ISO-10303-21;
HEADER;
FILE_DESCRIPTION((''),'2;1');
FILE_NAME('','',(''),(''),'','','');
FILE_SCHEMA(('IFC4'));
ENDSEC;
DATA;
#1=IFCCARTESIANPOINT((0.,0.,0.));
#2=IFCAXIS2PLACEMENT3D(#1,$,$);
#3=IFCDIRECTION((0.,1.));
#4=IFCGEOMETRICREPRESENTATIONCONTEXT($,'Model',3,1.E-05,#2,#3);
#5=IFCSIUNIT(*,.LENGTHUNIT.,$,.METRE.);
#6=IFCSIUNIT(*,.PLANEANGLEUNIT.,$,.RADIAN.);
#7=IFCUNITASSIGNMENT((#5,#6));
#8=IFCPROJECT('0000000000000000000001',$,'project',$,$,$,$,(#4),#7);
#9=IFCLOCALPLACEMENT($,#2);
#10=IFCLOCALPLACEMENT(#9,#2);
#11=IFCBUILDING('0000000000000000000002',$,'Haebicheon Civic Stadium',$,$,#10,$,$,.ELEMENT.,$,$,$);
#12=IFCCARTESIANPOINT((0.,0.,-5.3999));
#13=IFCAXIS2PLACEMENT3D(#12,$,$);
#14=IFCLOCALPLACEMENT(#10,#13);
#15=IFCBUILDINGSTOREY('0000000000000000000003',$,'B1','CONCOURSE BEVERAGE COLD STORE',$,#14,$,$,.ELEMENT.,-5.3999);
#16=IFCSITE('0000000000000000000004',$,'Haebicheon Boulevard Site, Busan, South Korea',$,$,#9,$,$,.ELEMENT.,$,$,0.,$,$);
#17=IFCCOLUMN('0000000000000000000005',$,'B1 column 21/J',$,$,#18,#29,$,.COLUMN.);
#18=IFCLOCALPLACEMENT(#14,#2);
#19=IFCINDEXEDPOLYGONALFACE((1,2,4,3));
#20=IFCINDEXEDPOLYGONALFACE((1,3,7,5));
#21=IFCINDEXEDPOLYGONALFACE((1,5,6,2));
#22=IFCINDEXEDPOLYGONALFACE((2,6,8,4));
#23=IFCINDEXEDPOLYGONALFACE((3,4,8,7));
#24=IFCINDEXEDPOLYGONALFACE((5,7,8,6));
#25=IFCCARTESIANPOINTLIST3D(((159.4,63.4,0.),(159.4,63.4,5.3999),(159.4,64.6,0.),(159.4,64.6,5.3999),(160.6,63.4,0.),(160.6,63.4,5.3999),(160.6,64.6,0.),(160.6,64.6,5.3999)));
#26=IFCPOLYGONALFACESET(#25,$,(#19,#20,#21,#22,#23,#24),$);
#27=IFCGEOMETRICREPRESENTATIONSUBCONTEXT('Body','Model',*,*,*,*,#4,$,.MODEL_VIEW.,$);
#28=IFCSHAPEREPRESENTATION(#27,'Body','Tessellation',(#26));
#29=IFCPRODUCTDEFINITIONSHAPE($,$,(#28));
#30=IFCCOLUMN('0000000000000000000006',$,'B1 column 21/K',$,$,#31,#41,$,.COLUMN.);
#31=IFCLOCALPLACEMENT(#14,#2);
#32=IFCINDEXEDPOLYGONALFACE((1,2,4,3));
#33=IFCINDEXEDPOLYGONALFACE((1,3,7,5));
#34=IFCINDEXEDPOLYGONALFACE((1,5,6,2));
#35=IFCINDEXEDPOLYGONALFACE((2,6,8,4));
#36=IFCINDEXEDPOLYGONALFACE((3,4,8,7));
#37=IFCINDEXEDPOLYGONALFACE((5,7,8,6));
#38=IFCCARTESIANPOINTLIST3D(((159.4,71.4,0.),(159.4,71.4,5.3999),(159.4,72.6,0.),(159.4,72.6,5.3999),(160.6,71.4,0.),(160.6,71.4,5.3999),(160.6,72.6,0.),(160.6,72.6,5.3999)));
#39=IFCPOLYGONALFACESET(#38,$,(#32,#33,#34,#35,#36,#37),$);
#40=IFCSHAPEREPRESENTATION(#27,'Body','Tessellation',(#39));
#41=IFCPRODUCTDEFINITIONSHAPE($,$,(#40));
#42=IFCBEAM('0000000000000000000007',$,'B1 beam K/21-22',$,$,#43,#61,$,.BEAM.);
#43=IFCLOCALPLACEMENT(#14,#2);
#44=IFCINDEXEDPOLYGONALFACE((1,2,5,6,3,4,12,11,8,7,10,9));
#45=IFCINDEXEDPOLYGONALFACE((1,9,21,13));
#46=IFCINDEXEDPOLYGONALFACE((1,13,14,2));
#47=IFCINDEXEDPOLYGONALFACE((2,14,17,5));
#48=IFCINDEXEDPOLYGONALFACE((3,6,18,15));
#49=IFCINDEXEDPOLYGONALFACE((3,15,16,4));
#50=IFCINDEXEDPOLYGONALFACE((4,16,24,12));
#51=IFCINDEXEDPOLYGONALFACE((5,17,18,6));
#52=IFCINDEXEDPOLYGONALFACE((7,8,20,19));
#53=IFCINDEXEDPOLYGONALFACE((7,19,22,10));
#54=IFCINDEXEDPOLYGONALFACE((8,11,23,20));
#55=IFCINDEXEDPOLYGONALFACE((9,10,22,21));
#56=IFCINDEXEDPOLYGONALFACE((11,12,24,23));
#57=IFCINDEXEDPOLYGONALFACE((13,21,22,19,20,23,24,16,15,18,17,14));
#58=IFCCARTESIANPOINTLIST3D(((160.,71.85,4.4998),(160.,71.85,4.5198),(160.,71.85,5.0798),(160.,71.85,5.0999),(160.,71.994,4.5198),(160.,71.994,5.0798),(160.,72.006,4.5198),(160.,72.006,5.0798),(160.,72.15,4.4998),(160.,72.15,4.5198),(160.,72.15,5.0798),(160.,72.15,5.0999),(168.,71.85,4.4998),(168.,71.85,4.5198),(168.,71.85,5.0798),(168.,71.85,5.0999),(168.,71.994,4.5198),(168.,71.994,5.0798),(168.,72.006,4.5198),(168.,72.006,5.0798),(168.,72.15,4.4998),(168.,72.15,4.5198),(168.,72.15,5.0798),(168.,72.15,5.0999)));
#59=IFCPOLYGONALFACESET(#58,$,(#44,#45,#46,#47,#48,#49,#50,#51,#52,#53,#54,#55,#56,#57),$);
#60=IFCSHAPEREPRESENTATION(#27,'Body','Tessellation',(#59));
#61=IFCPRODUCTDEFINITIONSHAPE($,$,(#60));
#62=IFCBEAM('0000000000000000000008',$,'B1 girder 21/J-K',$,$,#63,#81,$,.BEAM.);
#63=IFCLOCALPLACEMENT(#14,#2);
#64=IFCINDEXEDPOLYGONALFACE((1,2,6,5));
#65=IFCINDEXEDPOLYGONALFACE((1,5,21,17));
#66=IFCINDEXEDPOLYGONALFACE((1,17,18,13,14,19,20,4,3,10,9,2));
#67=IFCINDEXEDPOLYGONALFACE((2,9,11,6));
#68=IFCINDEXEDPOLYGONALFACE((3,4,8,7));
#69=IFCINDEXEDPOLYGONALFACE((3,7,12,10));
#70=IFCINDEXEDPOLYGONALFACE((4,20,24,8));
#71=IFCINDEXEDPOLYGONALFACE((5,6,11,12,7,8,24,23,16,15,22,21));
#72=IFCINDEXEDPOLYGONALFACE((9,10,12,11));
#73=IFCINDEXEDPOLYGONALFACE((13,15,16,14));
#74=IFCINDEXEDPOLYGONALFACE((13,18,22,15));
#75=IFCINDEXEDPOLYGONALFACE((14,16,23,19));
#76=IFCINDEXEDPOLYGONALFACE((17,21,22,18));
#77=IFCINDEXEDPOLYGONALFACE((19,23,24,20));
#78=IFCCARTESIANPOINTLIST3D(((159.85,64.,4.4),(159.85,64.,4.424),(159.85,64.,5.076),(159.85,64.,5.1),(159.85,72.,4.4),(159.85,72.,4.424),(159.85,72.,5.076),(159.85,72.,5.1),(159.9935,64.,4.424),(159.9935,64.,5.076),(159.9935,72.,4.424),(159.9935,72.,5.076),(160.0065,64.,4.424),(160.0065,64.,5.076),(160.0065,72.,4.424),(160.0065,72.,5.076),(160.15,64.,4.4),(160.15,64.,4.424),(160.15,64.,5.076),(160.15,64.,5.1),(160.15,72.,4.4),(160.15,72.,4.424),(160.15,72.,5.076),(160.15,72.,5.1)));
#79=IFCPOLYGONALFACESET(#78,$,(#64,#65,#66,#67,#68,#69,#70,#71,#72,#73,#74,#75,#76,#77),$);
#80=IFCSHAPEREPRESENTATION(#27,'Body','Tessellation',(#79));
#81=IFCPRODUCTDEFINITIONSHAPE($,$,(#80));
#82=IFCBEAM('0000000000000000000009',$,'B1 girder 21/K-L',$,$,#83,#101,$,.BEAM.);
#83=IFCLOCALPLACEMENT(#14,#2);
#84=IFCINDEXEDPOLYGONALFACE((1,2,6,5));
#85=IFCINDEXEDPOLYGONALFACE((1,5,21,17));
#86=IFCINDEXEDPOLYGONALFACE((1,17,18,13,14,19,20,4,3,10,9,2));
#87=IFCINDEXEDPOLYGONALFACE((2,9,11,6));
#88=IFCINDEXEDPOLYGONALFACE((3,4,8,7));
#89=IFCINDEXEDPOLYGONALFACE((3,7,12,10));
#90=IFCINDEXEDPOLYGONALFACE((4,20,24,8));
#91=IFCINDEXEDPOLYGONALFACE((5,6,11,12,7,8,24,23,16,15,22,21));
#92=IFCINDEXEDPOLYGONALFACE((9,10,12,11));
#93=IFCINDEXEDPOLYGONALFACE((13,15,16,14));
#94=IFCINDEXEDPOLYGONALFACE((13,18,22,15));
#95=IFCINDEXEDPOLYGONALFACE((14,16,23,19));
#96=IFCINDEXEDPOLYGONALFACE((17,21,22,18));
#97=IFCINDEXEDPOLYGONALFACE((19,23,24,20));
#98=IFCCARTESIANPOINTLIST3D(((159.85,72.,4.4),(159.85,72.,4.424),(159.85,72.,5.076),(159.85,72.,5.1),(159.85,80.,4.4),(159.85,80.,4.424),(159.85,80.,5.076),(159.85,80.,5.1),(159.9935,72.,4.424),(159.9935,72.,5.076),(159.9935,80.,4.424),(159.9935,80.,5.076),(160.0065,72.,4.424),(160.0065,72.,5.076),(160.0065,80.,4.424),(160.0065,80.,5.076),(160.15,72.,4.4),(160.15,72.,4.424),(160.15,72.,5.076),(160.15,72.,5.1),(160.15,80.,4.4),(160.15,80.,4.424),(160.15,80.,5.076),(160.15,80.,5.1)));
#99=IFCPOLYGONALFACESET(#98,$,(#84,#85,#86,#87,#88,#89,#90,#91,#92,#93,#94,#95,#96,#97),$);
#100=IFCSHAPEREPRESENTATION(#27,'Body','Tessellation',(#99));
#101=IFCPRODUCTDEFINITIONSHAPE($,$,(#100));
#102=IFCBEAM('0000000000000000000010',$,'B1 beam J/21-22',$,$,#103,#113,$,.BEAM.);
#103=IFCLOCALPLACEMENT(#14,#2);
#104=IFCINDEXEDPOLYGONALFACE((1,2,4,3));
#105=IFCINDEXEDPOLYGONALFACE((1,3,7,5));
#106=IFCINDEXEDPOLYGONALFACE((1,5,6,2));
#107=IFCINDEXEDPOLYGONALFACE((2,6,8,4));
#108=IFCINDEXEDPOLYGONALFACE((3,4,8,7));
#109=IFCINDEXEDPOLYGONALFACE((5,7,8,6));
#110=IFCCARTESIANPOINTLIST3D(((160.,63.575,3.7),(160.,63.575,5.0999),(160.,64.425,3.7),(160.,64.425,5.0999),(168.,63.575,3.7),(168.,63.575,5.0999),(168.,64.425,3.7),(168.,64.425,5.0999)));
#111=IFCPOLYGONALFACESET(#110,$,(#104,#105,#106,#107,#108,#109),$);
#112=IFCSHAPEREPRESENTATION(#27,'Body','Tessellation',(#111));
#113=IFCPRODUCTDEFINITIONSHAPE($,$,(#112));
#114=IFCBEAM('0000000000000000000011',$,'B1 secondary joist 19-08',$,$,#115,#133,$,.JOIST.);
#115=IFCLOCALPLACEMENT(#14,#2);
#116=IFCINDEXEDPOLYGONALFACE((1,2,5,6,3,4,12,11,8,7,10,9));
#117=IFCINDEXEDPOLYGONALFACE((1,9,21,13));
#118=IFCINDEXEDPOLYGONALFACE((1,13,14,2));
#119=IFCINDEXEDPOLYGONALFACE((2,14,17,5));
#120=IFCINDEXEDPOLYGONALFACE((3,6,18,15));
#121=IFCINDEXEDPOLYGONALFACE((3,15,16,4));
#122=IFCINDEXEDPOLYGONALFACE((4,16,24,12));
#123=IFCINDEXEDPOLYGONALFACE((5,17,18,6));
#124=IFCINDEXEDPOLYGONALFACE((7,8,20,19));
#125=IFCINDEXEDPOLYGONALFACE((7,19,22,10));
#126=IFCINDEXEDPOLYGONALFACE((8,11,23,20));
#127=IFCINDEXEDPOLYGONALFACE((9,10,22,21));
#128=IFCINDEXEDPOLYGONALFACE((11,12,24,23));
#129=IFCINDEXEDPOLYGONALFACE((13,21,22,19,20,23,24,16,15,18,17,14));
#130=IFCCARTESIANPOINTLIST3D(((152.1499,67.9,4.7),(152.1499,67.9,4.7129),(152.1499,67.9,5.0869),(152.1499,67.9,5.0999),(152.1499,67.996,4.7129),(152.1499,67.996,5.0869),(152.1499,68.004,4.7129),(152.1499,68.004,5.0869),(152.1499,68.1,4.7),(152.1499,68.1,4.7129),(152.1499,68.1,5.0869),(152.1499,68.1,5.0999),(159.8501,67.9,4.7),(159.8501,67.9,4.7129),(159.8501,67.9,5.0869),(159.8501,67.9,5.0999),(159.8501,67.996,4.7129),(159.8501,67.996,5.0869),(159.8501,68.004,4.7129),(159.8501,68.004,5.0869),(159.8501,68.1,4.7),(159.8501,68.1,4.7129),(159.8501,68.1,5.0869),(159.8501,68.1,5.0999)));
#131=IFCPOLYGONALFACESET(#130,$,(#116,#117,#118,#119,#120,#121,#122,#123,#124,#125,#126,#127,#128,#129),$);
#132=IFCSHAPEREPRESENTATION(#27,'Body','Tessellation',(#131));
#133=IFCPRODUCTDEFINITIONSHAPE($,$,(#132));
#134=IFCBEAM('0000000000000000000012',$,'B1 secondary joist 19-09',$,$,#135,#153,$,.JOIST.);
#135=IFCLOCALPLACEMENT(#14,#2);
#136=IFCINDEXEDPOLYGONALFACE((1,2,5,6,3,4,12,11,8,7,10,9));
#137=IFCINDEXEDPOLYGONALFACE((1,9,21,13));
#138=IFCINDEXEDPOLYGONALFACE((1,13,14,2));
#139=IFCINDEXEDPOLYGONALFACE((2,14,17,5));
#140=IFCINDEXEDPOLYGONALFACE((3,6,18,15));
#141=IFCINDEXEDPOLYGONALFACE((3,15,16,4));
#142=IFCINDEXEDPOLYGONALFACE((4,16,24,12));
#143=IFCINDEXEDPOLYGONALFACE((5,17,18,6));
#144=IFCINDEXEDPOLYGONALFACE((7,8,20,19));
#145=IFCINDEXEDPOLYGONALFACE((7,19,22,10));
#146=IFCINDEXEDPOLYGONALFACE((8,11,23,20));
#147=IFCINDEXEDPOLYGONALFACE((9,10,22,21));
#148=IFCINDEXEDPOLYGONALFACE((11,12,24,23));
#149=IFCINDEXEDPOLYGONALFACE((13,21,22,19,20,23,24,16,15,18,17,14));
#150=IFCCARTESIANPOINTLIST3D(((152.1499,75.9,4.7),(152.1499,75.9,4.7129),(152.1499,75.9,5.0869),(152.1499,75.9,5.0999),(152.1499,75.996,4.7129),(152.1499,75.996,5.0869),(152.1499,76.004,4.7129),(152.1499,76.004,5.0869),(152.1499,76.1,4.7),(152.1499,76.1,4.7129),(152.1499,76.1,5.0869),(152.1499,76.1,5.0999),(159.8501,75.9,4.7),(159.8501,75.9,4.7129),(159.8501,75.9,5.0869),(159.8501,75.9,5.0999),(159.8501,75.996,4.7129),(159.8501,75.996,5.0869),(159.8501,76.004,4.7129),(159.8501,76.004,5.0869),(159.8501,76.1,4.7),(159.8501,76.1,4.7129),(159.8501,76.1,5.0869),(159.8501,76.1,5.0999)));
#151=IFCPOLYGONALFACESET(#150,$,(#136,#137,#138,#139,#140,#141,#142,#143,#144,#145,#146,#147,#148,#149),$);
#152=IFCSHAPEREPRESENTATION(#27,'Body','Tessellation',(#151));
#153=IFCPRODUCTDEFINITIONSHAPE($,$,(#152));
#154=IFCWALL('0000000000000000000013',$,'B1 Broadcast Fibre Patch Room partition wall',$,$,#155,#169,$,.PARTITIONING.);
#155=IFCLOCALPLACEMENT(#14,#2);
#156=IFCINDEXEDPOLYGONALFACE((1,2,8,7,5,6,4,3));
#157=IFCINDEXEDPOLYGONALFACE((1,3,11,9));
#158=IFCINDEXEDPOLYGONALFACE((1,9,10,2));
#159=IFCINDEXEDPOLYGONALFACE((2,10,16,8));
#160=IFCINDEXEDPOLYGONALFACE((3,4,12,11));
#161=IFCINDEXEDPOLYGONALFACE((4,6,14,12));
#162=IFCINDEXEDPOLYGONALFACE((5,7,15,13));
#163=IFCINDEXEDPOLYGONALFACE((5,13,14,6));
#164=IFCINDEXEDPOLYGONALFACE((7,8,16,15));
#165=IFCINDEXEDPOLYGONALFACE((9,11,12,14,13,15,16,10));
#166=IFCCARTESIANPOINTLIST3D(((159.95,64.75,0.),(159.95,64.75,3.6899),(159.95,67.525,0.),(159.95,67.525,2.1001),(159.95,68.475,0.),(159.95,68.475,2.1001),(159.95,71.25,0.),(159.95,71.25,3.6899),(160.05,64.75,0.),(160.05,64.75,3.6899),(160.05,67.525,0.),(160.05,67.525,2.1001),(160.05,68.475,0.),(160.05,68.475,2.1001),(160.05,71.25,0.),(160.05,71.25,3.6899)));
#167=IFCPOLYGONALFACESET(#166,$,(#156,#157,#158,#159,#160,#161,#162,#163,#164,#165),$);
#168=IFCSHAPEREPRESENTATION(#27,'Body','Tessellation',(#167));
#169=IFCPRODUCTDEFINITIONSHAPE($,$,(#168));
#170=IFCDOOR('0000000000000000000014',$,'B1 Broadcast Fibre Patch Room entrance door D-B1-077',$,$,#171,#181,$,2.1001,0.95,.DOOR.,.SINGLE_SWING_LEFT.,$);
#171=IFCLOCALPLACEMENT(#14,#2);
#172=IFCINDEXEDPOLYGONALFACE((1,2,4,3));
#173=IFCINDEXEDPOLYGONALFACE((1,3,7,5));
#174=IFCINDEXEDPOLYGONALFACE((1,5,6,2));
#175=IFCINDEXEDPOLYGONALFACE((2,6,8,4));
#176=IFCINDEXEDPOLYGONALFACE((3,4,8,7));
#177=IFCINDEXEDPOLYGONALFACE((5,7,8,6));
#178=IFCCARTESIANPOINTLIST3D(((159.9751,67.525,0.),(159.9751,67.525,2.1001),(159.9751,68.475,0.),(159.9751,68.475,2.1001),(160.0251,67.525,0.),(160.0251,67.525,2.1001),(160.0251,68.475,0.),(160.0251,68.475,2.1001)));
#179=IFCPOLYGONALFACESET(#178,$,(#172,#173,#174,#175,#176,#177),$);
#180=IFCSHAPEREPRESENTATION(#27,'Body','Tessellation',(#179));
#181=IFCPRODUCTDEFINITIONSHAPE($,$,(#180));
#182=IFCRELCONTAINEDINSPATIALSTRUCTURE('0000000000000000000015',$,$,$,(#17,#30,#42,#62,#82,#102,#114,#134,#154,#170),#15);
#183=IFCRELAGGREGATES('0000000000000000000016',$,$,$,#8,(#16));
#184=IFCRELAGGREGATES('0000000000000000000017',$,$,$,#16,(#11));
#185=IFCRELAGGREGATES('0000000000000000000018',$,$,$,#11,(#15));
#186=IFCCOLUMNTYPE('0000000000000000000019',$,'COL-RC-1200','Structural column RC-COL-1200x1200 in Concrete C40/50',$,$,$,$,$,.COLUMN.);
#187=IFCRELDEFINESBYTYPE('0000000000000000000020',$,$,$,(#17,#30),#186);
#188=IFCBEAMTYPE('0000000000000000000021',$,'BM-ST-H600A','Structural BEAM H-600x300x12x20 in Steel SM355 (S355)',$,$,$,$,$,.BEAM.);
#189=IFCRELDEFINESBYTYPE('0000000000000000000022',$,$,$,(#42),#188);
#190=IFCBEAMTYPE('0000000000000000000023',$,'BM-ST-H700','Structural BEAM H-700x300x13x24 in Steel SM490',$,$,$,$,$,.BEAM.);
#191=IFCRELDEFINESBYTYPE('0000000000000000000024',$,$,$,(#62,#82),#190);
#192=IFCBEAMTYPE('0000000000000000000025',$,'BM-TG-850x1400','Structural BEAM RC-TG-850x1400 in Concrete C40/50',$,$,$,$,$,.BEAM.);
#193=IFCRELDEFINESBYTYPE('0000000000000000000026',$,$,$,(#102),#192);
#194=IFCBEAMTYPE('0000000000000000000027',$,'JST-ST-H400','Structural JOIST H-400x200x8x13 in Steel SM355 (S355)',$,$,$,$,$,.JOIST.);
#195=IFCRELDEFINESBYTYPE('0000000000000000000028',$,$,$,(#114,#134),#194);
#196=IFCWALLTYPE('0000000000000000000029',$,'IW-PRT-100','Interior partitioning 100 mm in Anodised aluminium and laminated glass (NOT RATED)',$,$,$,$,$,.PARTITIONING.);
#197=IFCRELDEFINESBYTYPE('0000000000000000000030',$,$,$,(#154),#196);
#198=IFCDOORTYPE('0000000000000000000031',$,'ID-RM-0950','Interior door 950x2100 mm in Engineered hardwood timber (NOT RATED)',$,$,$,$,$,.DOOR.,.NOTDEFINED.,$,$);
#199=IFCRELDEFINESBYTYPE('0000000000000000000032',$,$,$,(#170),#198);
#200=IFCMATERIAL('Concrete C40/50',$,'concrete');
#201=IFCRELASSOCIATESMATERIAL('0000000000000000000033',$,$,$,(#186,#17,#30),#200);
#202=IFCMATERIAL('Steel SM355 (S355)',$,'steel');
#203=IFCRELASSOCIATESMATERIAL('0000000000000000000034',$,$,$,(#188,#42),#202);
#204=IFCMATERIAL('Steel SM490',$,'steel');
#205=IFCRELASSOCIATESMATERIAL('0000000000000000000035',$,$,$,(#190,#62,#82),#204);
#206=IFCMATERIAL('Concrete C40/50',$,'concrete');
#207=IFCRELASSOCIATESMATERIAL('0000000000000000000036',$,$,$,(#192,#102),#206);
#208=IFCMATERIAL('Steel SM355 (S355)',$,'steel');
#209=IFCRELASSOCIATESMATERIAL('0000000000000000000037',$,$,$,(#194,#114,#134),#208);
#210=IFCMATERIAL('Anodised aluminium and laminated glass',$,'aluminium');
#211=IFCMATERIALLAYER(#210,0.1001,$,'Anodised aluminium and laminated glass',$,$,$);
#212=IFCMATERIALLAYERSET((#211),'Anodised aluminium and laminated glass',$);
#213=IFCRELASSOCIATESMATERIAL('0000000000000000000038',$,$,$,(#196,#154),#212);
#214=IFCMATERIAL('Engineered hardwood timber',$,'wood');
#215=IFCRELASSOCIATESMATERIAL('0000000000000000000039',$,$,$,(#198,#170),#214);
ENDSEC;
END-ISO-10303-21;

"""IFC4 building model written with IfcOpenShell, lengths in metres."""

from ifc_helpers import new_model, si_unit, direction, frame, frame_2d, origin, origin_2d, place, context, subcontext, project, spatial, rectangle, i_section, extrude, material, layer, layer_set, material_profile, profile_set, type_object, element, fill, save


model = new_model("IFC4")

# Units and contexts
model_context = context("Model", 3, precision=1e-05, world=origin(), true_north=direction((0.0, 1.0)))
body_context = subcontext(model_context, "Body", "Model", "MODEL_VIEW")
ifc_project = project(units=[si_unit("LENGTHUNIT", "METRE"), si_unit("PLANEANGLEUNIT", "RADIAN")], contexts=[model_context])

# Site, building, storey
site_placement = place(None, origin())
site = spatial("IfcSite", under=ifc_project, at=site_placement, Name="Haebicheon Boulevard Site, Busan, South Korea", CompositionType="ELEMENT", RefElevation=0.0)
building_placement = place(site_placement, origin())
building = spatial("IfcBuilding", under=site, at=building_placement, Name="Haebicheon Civic Stadium", CompositionType="ELEMENT")
storey_placement = place(building_placement, frame((0.0, 0.0, -5.3999)))
storey = spatial("IfcBuildingStorey", under=building, at=storey_placement, Name="B1", Description="CONCOURSE BEVERAGE COLD STORE", CompositionType="ELEMENT", Elevation=-5.3999)

# Columns
ifc_material_1 = material(Name="Concrete C40/50", Category="concrete")
ifc_material_profile_1 = material_profile(ifc_material_1, rectangle(XDim=1.2, YDim=1.2, at=origin_2d()), Name="RC-COL-1200x1200")
ifc_profile_set_1 = profile_set([ifc_material_profile_1], Name="Concrete C40/50")
column_type = type_object("IfcColumnType", Name="COL-RC-1200", Description="Structural column RC-COL-1200x1200 in Concrete C40/50", PredefinedType="COLUMN", material=ifc_profile_set_1)
for number, where, z_axis, x_axis, name in (
    (1, (160.0, 64.0, 0.0), (0.0, 0.0, 1.0), (1.0, 0.0, 0.0), "B1 column 21/J"),
    (2, (160.0, 72.0, 0.0), (0.0, 0.0, 1.0), (1.0, 0.0, 0.0), "B1 column 21/K"),
):
    element("IfcColumn", number, at=place(storey_placement, frame(where, z_axis=z_axis, x_axis=x_axis)), inside=storey, type_object=column_type, material=ifc_profile_set_1, Name=name, PredefinedType="COLUMN", context=body_context, shape_type="SweptSolid", body=[
        extrude(rectangle(XDim=1.2, YDim=1.2, at=origin_2d()), origin(), (0.0, 0.0, 1.0), 5.3999),
    ])

# Beams
ifc_material_2 = material(Name="Steel SM355 (S355)", Category="steel")
ifc_material_profile_2 = material_profile(ifc_material_2, i_section(OverallWidth=0.3, OverallDepth=0.6001, WebThickness=0.012, FlangeThickness=0.02, at=origin_2d()), Name="H-600x300x12x20")
ifc_profile_set_2 = profile_set([ifc_material_profile_2], Name="Steel SM355 (S355)")
beam_type_1 = type_object("IfcBeamType", Name="BM-ST-H600A", Description="Structural BEAM H-600x300x12x20 in Steel SM355 (S355)", PredefinedType="BEAM", material=ifc_profile_set_2)
beam_1_placement = place(storey_placement, frame((160.0, 72.0, 4.7998), z_axis=(1.0, 0.0, 0.0), x_axis=(0.0, 1.0, 0.0)))
element("IfcBeam", 3, at=beam_1_placement, inside=storey, type_object=beam_type_1, material=ifc_profile_set_2, Name="B1 beam K/21-22", PredefinedType="BEAM", context=body_context, shape_type="SweptSolid", body=[
    extrude(i_section(OverallWidth=0.3, OverallDepth=0.6001, WebThickness=0.012, FlangeThickness=0.02, at=origin_2d()), origin(), (0.0, 0.0, 1.0), 8.0),
])
ifc_material_3 = material(Name="Steel SM490", Category="steel")
ifc_material_profile_3 = material_profile(ifc_material_3, i_section(OverallWidth=0.3, OverallDepth=0.7, WebThickness=0.0129, FlangeThickness=0.0239, at=origin_2d()), Name="H-700x300x13x24")
ifc_profile_set_3 = profile_set([ifc_material_profile_3], Name="Steel SM490")
beam_type_2 = type_object("IfcBeamType", Name="BM-ST-H700", Description="Structural BEAM H-700x300x13x24 in Steel SM490", PredefinedType="BEAM", material=ifc_profile_set_3)
for number, where, z_axis, x_axis, name in (
    (4, (160.0, 64.0, 4.75), (0.0, 1.0, 0.0), (-1.0, 0.0, 0.0), "B1 girder 21/J-K"),
    (5, (160.0, 72.0, 4.75), (0.0, 1.0, 0.0), (-1.0, 0.0, 0.0), "B1 girder 21/K-L"),
):
    element("IfcBeam", number, at=place(storey_placement, frame(where, z_axis=z_axis, x_axis=x_axis)), inside=storey, type_object=beam_type_2, material=ifc_profile_set_3, Name=name, PredefinedType="BEAM", context=body_context, shape_type="SweptSolid", body=[
        extrude(i_section(OverallWidth=0.3, OverallDepth=0.7, WebThickness=0.0129, FlangeThickness=0.0239, at=origin_2d()), origin(), (0.0, 0.0, 1.0), 8.0),
    ])
ifc_material_4 = material(Name="Concrete C40/50", Category="concrete")
ifc_material_profile_4 = material_profile(ifc_material_4, rectangle(XDim=0.8501, YDim=1.3999, at=origin_2d()), Name="RC-TG-850x1400")
ifc_profile_set_4 = profile_set([ifc_material_profile_4], Name="Concrete C40/50")
beam_type_3 = type_object("IfcBeamType", Name="BM-TG-850x1400", Description="Structural BEAM RC-TG-850x1400 in Concrete C40/50", PredefinedType="BEAM", material=ifc_profile_set_4)
beam_2_placement = place(storey_placement, frame((160.0, 64.0, 4.3999), z_axis=(1.0, 0.0, 0.0), x_axis=(0.0, 1.0, 0.0)))
element("IfcBeam", 6, at=beam_2_placement, inside=storey, type_object=beam_type_3, material=ifc_profile_set_4, Name="B1 beam J/21-22", PredefinedType="BEAM", context=body_context, shape_type="SweptSolid", body=[
    extrude(rectangle(XDim=0.8501, YDim=1.3999, at=origin_2d()), origin(), (0.0, 0.0, 1.0), 8.0),
])
ifc_material_5 = material(Name="Steel SM355 (S355)", Category="steel")
ifc_material_profile_5 = material_profile(ifc_material_5, i_section(OverallWidth=0.2, OverallDepth=0.3999, WebThickness=0.0081, FlangeThickness=0.0129, at=origin_2d()), Name="H-400x200x8x13")
ifc_profile_set_5 = profile_set([ifc_material_profile_5], Name="Steel SM355 (S355)")
beam_type_4 = type_object("IfcBeamType", Name="JST-ST-H400", Description="Structural JOIST H-400x200x8x13 in Steel SM355 (S355)", PredefinedType="JOIST", material=ifc_profile_set_5)
for number, where, z_axis, x_axis, name in (
    (7, (152.1499, 68.0, 4.8999), (1.0, 0.0, 0.0), (0.0, 1.0, 0.0), "B1 secondary joist 19-08"),
    (8, (152.1499, 76.0, 4.8999), (1.0, 0.0, 0.0), (0.0, 1.0, 0.0), "B1 secondary joist 19-09"),
):
    element("IfcBeam", number, at=place(storey_placement, frame(where, z_axis=z_axis, x_axis=x_axis)), inside=storey, type_object=beam_type_4, material=ifc_profile_set_5, Name=name, PredefinedType="JOIST", context=body_context, shape_type="SweptSolid", body=[
        extrude(i_section(OverallWidth=0.2, OverallDepth=0.3999, WebThickness=0.0081, FlangeThickness=0.0129, at=origin_2d()), origin(), (0.0, 0.0, 1.0), 7.7002),
    ])

# Wall, opening, door
ifc_material_6 = material(Name="Anodised aluminium and laminated glass", Category="aluminium")
ifc_layer_1 = layer(ifc_material_6, 0.1001, Name="Anodised aluminium and laminated glass")
ifc_layer_set_1 = layer_set([ifc_layer_1], Name="Anodised aluminium and laminated glass")
wall_type = type_object("IfcWallType", Name="IW-PRT-100", Description="Interior partitioning 100 mm in Anodised aluminium and laminated glass (NOT RATED)", PredefinedType="PARTITIONING", material=ifc_layer_set_1)
wall_placement = place(storey_placement, frame((160.0, 64.75, 0.0), z_axis=(0.0, 0.0, 1.0), x_axis=(0.0, 1.0, 0.0)))
wall = element("IfcWall", 9, at=wall_placement, inside=storey, type_object=wall_type, material=ifc_layer_set_1, Name="B1 Broadcast Fibre Patch Room partition wall", PredefinedType="PARTITIONING", context=body_context, shape_type="SweptSolid", body=[
    extrude(rectangle(XDim=6.5, YDim=0.1001, at=frame_2d((3.25, 0.0))), origin(), (0.0, 0.0, 1.0), 3.6899),
])
opening_placement = place(wall_placement, frame((2.7749, 0.0, 0.0)))
opening = element("IfcOpeningElement", 10, at=opening_placement, cuts=wall, PredefinedType="OPENING", context=body_context, shape_type="SweptSolid", body=[
    extrude(rectangle(XDim=0.95, YDim=2.1001, at=frame_2d((0.4751, 1.05))), frame((0.0, 0.0601, 0.0), z_axis=(0.0, -1.0, 0.0), x_axis=(1.0, 0.0, 0.0)), (0.0, 0.0, 1.0), 0.1201),
])
ifc_material_7 = material(Name="Engineered hardwood timber", Category="wood")
door_type = type_object("IfcDoorType", Name="ID-RM-0950", Description="Interior door 950x2100 mm in Engineered hardwood timber (NOT RATED)", OperationType="NOTDEFINED", PredefinedType="DOOR", material=ifc_material_7)
door_placement = place(opening_placement, origin())
door = element("IfcDoor", 11, at=door_placement, inside=storey, type_object=door_type, material=ifc_material_7, Name="B1 Broadcast Fibre Patch Room entrance door D-B1-077", OperationType="SINGLE_SWING_LEFT", OverallHeight=2.1001, OverallWidth=0.95, PredefinedType="DOOR", context=body_context, shape_type="SweptSolid", body=[
    extrude(rectangle(XDim=0.95, YDim=2.1001, at=frame_2d((0.4751, 1.05))), frame((0.0, 0.0249, 0.0), z_axis=(0.0, -1.0, 0.0), x_axis=(1.0, 0.0, 0.0)), (0.0, 0.0, 1.0), 0.05),
])
fill(opening, door)

save(model, "model.ifc")
